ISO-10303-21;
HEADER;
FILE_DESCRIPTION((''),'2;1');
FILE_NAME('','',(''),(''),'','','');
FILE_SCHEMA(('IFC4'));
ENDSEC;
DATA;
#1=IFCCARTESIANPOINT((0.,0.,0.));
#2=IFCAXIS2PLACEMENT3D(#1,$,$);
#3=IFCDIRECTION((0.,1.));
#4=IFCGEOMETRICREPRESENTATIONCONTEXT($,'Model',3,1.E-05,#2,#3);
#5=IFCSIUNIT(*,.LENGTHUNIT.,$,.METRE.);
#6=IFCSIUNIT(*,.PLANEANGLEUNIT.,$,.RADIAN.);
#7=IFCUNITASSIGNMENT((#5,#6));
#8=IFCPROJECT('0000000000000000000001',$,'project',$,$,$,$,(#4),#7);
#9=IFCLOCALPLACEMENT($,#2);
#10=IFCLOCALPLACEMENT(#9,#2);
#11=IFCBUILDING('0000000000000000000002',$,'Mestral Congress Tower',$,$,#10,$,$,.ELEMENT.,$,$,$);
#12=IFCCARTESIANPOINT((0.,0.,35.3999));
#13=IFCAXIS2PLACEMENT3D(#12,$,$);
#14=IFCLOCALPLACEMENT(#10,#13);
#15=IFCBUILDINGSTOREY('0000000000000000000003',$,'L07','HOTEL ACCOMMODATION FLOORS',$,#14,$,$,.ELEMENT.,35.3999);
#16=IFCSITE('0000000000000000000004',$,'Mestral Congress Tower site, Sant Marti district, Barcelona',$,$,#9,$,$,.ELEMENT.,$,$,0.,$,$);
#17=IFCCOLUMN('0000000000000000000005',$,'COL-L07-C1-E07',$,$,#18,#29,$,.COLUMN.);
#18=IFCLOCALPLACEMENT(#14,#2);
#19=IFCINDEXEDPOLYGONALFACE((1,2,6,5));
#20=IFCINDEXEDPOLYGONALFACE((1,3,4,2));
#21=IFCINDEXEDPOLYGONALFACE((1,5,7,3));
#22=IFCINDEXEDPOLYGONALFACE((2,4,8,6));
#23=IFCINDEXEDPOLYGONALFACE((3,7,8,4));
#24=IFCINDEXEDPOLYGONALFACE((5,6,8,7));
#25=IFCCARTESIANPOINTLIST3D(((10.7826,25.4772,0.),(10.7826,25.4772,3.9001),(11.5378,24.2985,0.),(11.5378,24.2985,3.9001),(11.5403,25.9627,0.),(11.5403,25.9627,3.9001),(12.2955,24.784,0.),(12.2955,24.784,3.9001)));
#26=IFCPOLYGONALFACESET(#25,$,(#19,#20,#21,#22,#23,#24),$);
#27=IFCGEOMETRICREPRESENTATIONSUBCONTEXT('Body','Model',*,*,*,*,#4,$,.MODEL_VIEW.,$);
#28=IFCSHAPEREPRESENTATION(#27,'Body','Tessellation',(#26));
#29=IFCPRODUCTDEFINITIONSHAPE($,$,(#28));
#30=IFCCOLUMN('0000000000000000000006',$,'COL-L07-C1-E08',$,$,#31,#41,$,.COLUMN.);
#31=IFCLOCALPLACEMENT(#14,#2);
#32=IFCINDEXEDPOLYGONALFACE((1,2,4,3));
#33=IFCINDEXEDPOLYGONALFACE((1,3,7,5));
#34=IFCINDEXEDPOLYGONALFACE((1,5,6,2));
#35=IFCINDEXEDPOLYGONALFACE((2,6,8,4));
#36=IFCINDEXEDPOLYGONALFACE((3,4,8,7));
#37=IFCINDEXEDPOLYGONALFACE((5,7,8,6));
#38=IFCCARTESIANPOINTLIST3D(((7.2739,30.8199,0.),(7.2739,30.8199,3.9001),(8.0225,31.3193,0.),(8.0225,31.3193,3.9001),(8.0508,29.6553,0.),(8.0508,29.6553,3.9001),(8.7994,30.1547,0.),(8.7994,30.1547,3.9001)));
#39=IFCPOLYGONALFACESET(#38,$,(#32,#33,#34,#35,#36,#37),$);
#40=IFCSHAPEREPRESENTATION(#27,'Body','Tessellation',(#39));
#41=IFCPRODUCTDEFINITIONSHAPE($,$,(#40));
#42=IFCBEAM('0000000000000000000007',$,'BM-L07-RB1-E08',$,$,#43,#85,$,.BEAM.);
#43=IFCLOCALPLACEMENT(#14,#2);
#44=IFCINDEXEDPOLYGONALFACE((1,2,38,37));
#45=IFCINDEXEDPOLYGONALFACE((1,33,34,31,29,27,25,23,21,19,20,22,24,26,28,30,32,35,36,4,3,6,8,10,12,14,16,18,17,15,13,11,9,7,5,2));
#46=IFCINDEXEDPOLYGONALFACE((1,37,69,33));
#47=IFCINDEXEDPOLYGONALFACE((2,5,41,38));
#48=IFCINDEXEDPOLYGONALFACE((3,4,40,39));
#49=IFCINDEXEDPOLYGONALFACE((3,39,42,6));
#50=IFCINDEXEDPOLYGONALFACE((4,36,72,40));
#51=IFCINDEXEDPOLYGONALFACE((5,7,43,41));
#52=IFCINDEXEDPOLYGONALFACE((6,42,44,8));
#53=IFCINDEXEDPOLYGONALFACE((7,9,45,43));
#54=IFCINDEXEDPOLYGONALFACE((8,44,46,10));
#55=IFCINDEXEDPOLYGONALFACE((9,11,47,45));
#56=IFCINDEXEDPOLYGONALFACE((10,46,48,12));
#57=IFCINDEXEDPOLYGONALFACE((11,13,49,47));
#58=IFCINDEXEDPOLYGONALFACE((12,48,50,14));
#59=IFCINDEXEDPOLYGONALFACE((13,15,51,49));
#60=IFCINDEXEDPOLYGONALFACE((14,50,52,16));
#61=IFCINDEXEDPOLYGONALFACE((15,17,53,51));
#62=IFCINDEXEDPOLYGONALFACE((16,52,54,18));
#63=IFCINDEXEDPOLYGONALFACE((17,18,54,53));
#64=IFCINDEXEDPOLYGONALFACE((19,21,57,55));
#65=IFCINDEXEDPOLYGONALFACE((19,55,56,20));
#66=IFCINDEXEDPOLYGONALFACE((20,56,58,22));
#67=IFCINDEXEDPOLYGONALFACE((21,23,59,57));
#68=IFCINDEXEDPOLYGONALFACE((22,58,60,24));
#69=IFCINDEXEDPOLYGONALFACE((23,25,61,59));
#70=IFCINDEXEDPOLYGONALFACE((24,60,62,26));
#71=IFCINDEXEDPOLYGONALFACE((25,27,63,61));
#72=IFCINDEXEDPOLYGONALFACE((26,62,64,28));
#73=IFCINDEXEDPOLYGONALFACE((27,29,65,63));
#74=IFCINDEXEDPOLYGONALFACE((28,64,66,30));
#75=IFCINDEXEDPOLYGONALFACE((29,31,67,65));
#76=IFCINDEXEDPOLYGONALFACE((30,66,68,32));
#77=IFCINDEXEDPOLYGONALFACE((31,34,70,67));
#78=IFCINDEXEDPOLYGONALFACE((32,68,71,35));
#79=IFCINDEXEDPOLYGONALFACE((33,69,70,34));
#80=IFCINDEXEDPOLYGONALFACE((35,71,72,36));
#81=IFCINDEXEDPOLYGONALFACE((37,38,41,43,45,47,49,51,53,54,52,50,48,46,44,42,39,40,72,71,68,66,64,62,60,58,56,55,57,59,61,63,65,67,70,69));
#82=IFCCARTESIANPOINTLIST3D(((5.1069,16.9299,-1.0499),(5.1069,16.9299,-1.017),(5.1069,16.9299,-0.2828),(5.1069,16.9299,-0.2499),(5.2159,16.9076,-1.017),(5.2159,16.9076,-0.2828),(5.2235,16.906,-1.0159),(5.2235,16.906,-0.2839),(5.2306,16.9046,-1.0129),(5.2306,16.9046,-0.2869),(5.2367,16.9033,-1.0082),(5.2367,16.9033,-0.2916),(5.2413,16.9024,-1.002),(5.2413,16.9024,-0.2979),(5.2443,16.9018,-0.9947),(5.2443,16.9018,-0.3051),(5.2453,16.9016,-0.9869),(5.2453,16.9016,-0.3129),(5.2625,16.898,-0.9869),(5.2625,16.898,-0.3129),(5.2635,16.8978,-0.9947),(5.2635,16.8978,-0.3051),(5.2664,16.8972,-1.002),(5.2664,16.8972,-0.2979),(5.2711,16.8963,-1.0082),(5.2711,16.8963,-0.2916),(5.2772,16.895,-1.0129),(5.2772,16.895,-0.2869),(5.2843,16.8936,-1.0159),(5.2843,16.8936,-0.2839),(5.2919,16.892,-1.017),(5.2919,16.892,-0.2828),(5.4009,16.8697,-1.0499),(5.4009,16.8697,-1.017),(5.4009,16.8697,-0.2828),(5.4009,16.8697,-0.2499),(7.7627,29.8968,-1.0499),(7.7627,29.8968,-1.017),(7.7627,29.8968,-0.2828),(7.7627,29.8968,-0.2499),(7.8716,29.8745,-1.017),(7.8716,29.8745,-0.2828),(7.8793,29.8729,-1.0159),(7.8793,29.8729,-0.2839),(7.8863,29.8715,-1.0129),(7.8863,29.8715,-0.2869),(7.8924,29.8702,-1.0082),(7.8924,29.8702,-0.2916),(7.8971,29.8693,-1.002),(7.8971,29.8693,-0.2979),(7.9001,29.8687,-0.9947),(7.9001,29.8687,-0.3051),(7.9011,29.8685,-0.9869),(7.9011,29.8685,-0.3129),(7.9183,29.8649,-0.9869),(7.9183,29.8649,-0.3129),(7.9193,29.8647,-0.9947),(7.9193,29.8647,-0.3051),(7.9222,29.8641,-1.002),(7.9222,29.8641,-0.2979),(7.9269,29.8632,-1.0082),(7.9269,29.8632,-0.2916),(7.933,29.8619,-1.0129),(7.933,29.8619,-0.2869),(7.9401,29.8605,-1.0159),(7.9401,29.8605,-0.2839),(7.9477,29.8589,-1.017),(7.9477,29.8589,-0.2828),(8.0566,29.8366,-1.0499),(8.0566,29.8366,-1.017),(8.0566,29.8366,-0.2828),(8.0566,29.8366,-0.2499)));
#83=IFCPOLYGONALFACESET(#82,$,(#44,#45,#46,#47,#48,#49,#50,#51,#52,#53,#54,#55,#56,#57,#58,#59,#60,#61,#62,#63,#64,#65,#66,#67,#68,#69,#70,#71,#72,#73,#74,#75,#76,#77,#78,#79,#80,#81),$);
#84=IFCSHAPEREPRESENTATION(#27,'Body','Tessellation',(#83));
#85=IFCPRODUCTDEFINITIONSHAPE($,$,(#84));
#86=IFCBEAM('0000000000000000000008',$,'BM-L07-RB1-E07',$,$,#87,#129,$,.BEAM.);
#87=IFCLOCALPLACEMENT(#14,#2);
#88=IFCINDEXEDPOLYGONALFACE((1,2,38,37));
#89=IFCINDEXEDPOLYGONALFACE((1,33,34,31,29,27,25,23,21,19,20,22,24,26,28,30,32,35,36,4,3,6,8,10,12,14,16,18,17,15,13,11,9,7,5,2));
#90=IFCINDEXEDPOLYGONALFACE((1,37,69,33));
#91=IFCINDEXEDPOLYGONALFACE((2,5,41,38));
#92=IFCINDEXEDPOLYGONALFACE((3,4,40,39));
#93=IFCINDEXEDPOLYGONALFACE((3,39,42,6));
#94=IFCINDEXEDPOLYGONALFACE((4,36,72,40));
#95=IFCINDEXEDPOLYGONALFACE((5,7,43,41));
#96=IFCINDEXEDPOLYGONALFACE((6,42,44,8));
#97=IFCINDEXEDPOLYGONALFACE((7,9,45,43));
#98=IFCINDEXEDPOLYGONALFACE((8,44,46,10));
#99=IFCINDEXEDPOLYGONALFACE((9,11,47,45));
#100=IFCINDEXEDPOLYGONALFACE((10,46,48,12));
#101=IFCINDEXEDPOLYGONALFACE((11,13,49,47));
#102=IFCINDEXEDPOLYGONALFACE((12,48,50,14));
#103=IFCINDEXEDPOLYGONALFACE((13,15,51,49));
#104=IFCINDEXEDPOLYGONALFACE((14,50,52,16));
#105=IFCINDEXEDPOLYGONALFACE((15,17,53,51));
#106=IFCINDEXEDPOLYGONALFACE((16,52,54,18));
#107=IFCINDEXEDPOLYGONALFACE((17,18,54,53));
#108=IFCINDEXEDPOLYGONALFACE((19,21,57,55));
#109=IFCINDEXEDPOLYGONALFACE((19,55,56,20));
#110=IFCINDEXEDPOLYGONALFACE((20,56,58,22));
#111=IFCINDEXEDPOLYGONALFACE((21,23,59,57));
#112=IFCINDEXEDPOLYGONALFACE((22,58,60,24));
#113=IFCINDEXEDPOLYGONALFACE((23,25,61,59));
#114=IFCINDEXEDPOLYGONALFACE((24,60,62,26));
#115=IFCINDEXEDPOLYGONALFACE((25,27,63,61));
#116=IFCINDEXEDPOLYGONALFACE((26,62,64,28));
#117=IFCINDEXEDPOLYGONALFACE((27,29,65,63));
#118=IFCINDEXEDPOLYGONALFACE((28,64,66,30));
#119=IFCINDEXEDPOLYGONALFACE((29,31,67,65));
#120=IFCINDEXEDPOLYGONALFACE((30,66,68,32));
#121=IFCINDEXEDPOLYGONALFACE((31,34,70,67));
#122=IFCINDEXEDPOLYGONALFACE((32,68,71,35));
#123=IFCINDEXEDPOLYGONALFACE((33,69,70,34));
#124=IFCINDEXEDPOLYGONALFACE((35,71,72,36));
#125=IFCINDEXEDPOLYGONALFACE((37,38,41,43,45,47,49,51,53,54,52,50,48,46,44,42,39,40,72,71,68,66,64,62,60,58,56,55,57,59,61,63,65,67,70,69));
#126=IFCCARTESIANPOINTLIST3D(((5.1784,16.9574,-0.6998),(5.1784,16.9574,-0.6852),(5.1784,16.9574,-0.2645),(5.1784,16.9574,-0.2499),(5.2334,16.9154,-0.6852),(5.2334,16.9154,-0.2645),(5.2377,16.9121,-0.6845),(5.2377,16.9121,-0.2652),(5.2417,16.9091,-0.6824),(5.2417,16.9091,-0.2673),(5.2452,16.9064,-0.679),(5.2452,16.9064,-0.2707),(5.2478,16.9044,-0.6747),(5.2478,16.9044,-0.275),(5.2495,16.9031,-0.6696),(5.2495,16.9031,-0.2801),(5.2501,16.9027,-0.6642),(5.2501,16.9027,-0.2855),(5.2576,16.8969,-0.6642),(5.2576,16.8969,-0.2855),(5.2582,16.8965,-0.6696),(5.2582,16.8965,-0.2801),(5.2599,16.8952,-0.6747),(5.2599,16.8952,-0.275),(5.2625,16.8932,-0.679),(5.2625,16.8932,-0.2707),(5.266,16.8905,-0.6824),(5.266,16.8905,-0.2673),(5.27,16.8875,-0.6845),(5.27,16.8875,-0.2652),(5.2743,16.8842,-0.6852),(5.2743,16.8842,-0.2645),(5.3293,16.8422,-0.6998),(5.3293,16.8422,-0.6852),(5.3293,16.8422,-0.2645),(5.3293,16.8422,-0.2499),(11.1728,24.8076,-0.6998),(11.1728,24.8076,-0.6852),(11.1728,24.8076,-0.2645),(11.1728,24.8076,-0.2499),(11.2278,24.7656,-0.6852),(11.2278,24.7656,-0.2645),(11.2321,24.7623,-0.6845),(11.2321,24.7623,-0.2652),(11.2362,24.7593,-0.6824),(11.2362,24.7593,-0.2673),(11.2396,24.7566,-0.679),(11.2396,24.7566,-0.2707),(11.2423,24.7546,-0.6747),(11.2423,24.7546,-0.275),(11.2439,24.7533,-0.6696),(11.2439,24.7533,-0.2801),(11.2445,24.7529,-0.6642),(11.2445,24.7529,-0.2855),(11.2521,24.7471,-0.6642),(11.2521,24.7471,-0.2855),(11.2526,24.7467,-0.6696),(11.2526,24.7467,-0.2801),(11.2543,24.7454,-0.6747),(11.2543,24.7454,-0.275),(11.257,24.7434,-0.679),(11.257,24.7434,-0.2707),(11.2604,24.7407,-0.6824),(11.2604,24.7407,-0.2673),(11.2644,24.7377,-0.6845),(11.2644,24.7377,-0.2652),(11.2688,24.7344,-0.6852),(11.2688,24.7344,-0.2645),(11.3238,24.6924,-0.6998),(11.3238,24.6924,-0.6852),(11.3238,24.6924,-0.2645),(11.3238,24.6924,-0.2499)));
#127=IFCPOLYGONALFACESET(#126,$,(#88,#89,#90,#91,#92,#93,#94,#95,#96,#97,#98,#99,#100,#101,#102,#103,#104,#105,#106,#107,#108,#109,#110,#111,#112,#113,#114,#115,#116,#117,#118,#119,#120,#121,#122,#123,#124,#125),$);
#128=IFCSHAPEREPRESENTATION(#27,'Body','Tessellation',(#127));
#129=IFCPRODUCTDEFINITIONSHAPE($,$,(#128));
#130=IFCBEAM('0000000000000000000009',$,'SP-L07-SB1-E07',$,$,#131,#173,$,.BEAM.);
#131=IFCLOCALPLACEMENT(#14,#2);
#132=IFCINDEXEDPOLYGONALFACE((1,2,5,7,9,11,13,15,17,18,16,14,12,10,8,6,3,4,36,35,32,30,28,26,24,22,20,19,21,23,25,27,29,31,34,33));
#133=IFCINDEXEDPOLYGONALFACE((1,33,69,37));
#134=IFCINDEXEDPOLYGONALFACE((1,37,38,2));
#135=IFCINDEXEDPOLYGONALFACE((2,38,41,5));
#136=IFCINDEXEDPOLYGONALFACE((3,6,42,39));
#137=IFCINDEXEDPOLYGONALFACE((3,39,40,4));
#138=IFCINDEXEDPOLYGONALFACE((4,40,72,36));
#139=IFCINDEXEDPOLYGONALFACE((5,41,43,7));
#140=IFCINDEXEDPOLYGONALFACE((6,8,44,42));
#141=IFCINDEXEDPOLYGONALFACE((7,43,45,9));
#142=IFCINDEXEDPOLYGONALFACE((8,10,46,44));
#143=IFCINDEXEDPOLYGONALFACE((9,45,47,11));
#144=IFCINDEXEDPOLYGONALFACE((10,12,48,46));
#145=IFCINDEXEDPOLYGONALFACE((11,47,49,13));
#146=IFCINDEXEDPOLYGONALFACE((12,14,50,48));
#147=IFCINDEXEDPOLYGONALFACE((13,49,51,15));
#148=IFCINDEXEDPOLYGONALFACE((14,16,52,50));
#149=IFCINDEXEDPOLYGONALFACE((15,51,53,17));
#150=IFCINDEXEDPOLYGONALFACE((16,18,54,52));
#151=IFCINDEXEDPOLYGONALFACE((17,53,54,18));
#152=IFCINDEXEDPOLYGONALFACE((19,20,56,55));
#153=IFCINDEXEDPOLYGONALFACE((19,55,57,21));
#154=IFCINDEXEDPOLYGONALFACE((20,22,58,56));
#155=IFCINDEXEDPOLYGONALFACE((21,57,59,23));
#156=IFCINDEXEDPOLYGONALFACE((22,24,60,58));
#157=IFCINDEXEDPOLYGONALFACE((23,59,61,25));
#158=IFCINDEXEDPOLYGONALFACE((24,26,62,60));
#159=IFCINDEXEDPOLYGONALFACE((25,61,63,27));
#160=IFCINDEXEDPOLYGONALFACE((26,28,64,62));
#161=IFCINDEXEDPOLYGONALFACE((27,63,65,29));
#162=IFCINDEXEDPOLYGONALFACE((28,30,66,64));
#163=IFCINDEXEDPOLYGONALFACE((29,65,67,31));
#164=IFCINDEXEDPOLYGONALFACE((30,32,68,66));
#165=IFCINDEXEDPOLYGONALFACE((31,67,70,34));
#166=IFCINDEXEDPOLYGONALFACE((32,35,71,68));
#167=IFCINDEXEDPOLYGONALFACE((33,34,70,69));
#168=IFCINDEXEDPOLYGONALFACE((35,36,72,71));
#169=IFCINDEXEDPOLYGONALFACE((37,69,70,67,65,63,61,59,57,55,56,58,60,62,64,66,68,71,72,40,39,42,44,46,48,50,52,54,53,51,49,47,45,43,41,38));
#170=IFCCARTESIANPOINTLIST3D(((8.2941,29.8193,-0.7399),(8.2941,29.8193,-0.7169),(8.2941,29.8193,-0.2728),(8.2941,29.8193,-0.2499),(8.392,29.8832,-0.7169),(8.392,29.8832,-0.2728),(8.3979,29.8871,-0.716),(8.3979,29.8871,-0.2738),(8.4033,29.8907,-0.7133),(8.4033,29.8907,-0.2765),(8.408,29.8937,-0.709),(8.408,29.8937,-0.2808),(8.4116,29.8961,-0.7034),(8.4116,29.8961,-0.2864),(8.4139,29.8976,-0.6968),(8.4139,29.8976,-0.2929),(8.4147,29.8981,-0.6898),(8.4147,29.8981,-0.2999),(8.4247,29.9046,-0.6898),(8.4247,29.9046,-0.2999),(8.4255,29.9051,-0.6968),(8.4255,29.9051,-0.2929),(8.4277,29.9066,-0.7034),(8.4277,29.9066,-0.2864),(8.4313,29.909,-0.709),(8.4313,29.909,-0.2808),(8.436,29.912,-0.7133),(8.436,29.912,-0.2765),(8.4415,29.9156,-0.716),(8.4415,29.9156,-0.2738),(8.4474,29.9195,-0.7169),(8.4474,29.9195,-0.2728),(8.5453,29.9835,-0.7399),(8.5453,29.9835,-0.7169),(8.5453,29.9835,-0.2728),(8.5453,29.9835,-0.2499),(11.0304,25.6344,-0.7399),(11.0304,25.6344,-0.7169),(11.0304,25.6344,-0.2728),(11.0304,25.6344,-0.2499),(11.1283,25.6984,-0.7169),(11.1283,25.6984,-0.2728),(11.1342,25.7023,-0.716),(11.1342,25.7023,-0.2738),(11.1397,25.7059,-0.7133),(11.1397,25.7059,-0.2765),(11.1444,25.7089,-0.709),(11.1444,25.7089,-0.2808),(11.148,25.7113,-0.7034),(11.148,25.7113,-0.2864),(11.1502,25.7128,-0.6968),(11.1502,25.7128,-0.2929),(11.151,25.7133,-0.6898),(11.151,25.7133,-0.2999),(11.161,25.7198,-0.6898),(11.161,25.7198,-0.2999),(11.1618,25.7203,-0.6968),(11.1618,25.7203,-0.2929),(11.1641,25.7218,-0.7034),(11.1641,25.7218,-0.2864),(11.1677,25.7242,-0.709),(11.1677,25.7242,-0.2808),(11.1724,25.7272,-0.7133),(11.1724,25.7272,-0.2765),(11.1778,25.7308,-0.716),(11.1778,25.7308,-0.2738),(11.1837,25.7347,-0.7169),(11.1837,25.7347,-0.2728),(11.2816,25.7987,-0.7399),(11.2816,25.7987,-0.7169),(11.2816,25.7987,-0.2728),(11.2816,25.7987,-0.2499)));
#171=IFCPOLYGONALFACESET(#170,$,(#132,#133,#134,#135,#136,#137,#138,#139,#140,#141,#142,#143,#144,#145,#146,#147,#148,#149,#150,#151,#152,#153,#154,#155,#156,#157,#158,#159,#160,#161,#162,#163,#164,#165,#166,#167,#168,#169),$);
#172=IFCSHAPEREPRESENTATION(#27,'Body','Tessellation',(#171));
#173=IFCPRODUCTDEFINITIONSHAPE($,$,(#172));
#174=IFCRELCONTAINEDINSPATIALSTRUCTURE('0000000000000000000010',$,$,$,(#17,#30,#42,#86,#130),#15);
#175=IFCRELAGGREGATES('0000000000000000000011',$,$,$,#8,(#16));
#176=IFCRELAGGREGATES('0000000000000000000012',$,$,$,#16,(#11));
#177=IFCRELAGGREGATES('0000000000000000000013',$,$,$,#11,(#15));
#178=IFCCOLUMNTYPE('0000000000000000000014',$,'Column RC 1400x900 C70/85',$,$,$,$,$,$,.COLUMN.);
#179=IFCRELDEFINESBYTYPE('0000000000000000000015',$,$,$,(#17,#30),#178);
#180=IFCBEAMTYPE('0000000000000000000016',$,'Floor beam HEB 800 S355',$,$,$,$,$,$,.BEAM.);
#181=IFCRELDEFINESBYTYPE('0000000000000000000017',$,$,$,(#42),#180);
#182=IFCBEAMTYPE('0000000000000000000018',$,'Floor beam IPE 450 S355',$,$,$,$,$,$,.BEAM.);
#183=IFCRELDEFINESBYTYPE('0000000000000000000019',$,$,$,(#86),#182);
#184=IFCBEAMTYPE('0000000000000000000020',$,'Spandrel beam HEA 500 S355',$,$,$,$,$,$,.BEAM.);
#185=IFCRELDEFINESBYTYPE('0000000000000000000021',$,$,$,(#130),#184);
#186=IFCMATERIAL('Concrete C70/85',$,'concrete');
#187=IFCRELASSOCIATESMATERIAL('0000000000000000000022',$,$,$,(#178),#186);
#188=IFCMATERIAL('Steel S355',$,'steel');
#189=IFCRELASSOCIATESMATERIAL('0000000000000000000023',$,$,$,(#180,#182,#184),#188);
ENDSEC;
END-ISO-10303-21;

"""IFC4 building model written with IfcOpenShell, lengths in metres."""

from ifc_helpers import new_model, si_unit, direction, frame, origin, origin_2d, place, context, subcontext, project, spatial, rectangle, i_section, extrude, material, material_profile, profile_set, type_object, element, save


model = new_model("IFC4")

# Units and contexts
model_context = context("Model", 3, precision=1e-05, world=origin(), true_north=direction((0.0, 1.0)))
body_context = subcontext(model_context, "Body", "Model", "MODEL_VIEW")
ifc_project = project(units=[si_unit("LENGTHUNIT", "METRE"), si_unit("PLANEANGLEUNIT", "RADIAN")], contexts=[model_context])

# Site, building, storey
site_placement = place(None, origin())
site = spatial("IfcSite", under=ifc_project, at=site_placement, Name="Mestral Congress Tower site, Sant Marti district, Barcelona", CompositionType="ELEMENT", RefElevation=0.0)
building_placement = place(site_placement, origin())
building = spatial("IfcBuilding", under=site, at=building_placement, Name="Mestral Congress Tower", CompositionType="ELEMENT")
storey_placement = place(building_placement, frame((0.0, 0.0, 35.3999)))
storey = spatial("IfcBuildingStorey", under=building, at=storey_placement, Name="L07", Description="HOTEL ACCOMMODATION FLOORS", CompositionType="ELEMENT", Elevation=35.3999)

# Columns
ifc_material_1 = material(Name="Concrete C70/85", Category="concrete")
ifc_material_profile_1 = material_profile(ifc_material_1, rectangle(XDim=1.3999, YDim=0.8999, at=origin_2d()), Name="RC 1400x900")
ifc_profile_set_1 = profile_set([ifc_material_profile_1], Name="Concrete C70/85")
column_type = type_object("IfcColumnType", Name="Column RC 1400x900 C70/85", PredefinedType="COLUMN", material=ifc_profile_set_1)
for number, where, z_axis, x_axis, name in (
    (1, (11.5391, 25.1306, 0.0), (0.0, 0.0, 1.0), (-0.539476, 0.842001, 0.0), "COL-L07-C1-E07"),
    (2, (8.0366, 30.4873, 0.0), (0.0, 0.0, 1.0), (-0.554949, 0.831884, 0.0), "COL-L07-C1-E08"),
):
    element("IfcColumn", number, at=place(storey_placement, frame(where, z_axis=z_axis, x_axis=x_axis)), inside=storey, type_object=column_type, Name=name, PredefinedType="COLUMN", context=body_context, shape_type="SweptSolid", body=[
        extrude(rectangle(XDim=1.3999, YDim=0.8999, at=origin_2d()), origin(), (0.0, 0.0, 1.0), 3.9001),
    ])

# Beams
ifc_material_2 = material(Name="Steel S355", Category="steel")
ifc_material_profile_2 = material_profile(ifc_material_2, i_section(OverallWidth=0.3, OverallDepth=0.8, WebThickness=0.0176, FlangeThickness=0.033, FilletRadius=0.03, at=origin_2d()), Name="HEB 800")
ifc_profile_set_2 = profile_set([ifc_material_profile_2], Name="Steel S355")
beam_type_1 = type_object("IfcBeamType", Name="Floor beam HEB 800 S355", PredefinedType="BEAM", material=ifc_profile_set_2)
beam_1_placement = place(storey_placement, frame((7.9097, 29.8667, -0.6499), z_axis=(-0.200647, -0.979664, 0.0), x_axis=(0.979664, -0.200647, 0.0)))
element("IfcBeam", 3, at=beam_1_placement, inside=storey, type_object=beam_type_1, Name="BM-L07-RB1-E08", PredefinedType="BEAM", context=body_context, shape_type="SweptSolid", body=[
    extrude(i_section(OverallWidth=0.3, OverallDepth=0.8, WebThickness=0.0176, FlangeThickness=0.033, FilletRadius=0.03, at=origin_2d()), origin(), (0.0, 0.0, 1.0), 13.2361),
])
ifc_material_profile_3 = material_profile(ifc_material_2, i_section(OverallWidth=0.1899, OverallDepth=0.45, WebThickness=0.0095, FlangeThickness=0.0146, FilletRadius=0.021, at=origin_2d()), Name="IPE 450")
ifc_profile_set_3 = profile_set([ifc_material_profile_3], Name="Steel S355")
beam_type_2 = type_object("IfcBeamType", Name="Floor beam IPE 450 S355", PredefinedType="BEAM", material=ifc_profile_set_3)
beam_2_placement = place(storey_placement, frame((11.2483, 24.75, -0.4749), z_axis=(-0.606899, -0.794779, 0.0), x_axis=(0.794779, -0.606899, 0.0)))
element("IfcBeam", 4, at=beam_2_placement, inside=storey, type_object=beam_type_2, Name="BM-L07-RB1-E07", PredefinedType="BEAM", context=body_context, shape_type="SweptSolid", body=[
    extrude(i_section(OverallWidth=0.1899, OverallDepth=0.45, WebThickness=0.0095, FlangeThickness=0.0146, FilletRadius=0.021, at=origin_2d()), origin(), (0.0, 0.0, 1.0), 9.8772),
])
ifc_material_profile_4 = material_profile(ifc_material_2, i_section(OverallWidth=0.3, OverallDepth=0.49, WebThickness=0.012, FlangeThickness=0.0229, FilletRadius=0.0271, at=origin_2d()), Name="HEA 500")
ifc_profile_set_4 = profile_set([ifc_material_profile_4], Name="Steel S355")
beam_type_3 = type_object("IfcBeamType", Name="Spandrel beam HEA 500 S355", PredefinedType="BEAM", material=ifc_profile_set_4)
beam_3_placement = place(storey_placement, frame((11.156, 25.7166, -0.4949), z_axis=(-0.547264, 0.83696, 0.0), x_axis=(-0.83696, -0.547264, 0.0)))
element("IfcBeam", 5, at=beam_3_placement, inside=storey, type_object=beam_type_3, Name="SP-L07-SB1-E07", PredefinedType="BEAM", context=body_context, shape_type="SweptSolid", body=[
    extrude(i_section(OverallWidth=0.3, OverallDepth=0.49, WebThickness=0.012, FlangeThickness=0.0229, FilletRadius=0.0271, at=origin_2d()), origin(), (0.0, 0.0, 1.0), 5.0),
])

save(model, "model.ifc")
